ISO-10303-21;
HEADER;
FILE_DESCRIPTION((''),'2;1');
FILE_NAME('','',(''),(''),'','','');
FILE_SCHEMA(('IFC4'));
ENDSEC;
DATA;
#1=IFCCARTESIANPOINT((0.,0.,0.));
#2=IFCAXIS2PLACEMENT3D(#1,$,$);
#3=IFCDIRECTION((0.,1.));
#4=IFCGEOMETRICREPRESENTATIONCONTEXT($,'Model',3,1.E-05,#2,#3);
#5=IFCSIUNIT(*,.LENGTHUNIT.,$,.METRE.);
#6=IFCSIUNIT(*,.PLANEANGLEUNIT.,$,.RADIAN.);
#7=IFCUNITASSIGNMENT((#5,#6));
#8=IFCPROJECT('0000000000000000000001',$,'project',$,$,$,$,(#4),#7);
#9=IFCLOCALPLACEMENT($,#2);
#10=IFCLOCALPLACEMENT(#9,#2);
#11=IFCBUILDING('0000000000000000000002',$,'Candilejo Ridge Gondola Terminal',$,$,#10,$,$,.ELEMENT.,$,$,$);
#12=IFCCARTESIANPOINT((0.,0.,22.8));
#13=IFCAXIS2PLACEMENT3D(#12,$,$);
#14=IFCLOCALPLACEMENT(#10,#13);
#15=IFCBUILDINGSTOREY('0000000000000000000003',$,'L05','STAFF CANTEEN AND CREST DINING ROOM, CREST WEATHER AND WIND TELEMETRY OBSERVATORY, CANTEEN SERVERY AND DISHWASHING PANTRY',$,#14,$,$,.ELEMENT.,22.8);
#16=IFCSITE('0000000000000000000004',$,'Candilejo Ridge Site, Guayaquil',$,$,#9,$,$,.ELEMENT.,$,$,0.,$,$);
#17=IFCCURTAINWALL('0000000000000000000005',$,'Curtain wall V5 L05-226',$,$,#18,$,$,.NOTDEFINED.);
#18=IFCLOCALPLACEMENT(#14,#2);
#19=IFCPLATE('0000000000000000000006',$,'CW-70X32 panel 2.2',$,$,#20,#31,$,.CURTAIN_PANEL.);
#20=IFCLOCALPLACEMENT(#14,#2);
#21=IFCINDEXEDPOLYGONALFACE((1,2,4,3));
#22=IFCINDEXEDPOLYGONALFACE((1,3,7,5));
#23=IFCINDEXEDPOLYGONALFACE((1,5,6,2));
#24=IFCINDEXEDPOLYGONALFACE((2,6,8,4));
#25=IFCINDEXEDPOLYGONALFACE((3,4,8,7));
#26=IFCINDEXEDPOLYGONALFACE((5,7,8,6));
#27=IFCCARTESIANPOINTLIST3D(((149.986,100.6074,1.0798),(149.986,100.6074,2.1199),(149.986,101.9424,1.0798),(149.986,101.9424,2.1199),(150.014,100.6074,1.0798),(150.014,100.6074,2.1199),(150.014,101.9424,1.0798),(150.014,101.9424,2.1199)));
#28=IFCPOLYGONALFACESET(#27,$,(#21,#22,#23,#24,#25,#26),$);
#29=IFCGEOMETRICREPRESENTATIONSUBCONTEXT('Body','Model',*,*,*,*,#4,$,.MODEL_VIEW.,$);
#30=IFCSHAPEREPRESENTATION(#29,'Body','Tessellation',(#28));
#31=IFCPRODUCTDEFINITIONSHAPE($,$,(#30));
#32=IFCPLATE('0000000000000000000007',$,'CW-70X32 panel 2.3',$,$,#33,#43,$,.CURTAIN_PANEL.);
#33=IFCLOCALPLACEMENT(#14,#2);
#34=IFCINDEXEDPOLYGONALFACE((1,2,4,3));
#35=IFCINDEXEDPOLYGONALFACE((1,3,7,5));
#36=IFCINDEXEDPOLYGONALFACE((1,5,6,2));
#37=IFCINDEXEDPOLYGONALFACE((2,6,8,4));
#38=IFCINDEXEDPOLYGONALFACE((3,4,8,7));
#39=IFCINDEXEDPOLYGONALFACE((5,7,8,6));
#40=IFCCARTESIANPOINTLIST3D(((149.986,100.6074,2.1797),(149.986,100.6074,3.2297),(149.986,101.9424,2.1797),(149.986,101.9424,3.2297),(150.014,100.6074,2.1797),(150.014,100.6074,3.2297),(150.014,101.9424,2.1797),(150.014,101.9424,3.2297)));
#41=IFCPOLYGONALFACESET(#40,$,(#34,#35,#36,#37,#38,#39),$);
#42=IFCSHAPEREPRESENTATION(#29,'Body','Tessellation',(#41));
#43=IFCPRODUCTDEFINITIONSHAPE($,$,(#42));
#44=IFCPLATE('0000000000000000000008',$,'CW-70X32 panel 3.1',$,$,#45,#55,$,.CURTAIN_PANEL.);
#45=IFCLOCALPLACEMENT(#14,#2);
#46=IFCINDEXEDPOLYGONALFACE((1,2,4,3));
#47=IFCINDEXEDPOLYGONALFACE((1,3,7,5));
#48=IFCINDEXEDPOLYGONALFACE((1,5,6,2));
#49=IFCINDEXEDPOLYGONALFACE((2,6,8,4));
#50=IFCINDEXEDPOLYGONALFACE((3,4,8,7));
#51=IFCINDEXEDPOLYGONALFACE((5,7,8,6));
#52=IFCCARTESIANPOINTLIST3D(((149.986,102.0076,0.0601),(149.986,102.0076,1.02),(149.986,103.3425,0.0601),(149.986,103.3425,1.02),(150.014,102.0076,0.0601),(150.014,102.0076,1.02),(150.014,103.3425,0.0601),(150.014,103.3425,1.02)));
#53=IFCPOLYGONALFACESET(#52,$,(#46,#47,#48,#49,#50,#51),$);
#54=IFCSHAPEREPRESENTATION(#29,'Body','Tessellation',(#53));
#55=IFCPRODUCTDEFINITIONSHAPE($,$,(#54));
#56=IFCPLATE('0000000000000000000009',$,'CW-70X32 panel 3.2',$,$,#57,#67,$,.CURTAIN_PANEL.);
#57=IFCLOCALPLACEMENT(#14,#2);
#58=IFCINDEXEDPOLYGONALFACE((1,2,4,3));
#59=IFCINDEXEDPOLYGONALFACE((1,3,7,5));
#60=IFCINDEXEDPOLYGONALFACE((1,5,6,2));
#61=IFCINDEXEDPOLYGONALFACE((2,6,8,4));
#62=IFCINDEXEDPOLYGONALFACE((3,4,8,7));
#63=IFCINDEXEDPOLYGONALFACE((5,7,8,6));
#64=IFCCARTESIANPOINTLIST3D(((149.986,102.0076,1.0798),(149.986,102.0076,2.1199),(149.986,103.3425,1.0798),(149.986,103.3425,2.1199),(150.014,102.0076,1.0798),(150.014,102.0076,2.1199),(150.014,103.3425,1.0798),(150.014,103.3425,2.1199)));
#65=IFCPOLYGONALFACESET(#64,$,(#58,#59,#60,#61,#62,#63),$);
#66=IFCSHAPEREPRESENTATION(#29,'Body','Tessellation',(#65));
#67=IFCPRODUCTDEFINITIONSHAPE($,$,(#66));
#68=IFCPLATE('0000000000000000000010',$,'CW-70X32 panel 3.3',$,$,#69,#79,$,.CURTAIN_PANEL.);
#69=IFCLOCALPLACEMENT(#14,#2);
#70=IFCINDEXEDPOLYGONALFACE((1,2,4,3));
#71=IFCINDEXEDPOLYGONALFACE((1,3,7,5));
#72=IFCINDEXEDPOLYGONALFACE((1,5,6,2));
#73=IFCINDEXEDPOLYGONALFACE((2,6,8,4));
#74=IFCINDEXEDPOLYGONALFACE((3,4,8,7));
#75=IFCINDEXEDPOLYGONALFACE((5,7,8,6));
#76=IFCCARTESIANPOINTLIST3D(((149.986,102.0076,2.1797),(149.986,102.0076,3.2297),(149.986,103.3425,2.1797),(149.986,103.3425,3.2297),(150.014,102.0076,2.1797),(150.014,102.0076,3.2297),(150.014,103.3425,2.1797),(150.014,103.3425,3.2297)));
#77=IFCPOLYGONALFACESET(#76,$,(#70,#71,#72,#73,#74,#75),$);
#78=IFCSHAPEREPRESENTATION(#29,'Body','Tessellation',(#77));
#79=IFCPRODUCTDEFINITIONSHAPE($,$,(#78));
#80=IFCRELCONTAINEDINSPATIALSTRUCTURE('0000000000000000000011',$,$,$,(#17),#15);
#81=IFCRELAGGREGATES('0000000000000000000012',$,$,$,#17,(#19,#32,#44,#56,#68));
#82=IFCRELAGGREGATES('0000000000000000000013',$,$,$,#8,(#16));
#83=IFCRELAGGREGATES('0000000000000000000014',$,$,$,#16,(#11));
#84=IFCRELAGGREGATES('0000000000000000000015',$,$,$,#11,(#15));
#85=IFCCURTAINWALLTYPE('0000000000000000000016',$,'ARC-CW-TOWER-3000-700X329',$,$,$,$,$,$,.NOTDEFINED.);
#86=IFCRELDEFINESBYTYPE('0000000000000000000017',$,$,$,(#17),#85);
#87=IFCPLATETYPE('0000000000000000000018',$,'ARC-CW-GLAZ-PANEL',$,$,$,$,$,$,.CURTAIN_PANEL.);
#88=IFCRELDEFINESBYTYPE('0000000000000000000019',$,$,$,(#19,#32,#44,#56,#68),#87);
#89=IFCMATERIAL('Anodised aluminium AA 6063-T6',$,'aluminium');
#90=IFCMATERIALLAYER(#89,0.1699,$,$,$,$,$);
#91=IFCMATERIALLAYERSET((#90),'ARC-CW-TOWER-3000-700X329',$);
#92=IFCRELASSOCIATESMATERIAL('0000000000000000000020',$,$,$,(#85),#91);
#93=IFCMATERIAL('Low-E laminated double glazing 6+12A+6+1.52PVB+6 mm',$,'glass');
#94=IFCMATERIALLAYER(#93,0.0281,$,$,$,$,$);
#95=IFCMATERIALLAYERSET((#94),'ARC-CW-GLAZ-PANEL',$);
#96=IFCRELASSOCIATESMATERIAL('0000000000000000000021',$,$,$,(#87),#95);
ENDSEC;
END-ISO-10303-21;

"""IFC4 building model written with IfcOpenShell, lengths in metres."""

from ifc_helpers import new_model, si_unit, direction, frame, origin, origin_2d, place, context, subcontext, project, spatial, rectangle, extrude, material, layer, layer_set, type_object, element, aggregate, save


model = new_model("IFC4")

# Units and contexts
model_context = context("Model", 3, precision=1e-05, world=origin(), true_north=direction((0.0, 1.0)))
body_context = subcontext(model_context, "Body", "Model", "MODEL_VIEW")
ifc_project = project(units=[si_unit("LENGTHUNIT", "METRE"), si_unit("PLANEANGLEUNIT", "RADIAN")], contexts=[model_context])

# Site, building, storey
site_placement = place(None, origin())
site = spatial("IfcSite", under=ifc_project, at=site_placement, Name="Candilejo Ridge Site, Guayaquil", CompositionType="ELEMENT", RefElevation=0.0)
building_placement = place(site_placement, origin())
building = spatial("IfcBuilding", under=site, at=building_placement, Name="Candilejo Ridge Gondola Terminal", CompositionType="ELEMENT")
storey_placement = place(building_placement, frame((0.0, 0.0, 22.8)))
storey = spatial("IfcBuildingStorey", under=building, at=storey_placement, Name="L05", Description="STAFF CANTEEN AND CREST DINING ROOM, CREST WEATHER AND WIND TELEMETRY OBSERVATORY, CANTEEN SERVERY AND DISHWASHING PANTRY", CompositionType="ELEMENT", Elevation=22.8)

# Curtain wall, plates
ifc_material_1 = material(Name="Anodised aluminium AA 6063-T6", Category="aluminium")
ifc_layer_1 = layer(ifc_material_1, 0.1699)
ifc_layer_set_1 = layer_set([ifc_layer_1], Name="ARC-CW-TOWER-3000-700X329")
curtain_wall_type = type_object("IfcCurtainWallType", Name="ARC-CW-TOWER-3000-700X329", PredefinedType="NOTDEFINED", material=ifc_layer_set_1)
curtain_wall_placement = place(storey_placement, origin())
curtain_wall = element("IfcCurtainWall", 1, at=curtain_wall_placement, inside=storey, type_object=curtain_wall_type, Name="Curtain wall V5 L05-226", PredefinedType="NOTDEFINED")
ifc_material_2 = material(Name="Low-E laminated double glazing 6+12A+6+1.52PVB+6 mm", Category="glass")
ifc_layer_2 = layer(ifc_material_2, 0.0281)
ifc_layer_set_2 = layer_set([ifc_layer_2], Name="ARC-CW-GLAZ-PANEL")
plate_type = type_object("IfcPlateType", Name="ARC-CW-GLAZ-PANEL", PredefinedType="CURTAIN_PANEL", material=ifc_layer_set_2)
plate_1_placement = place(storey_placement, frame((150.0, 101.2749, 1.0798), z_axis=(0.0, 0.0, 1.0), x_axis=(0.0, 1.0, 0.0)))
plate_1 = element("IfcPlate", 2, at=plate_1_placement, type_object=plate_type, Name="CW-70X32 panel 2.2", PredefinedType="CURTAIN_PANEL", context=body_context, shape_type="SweptSolid", body=[
    extrude(rectangle(XDim=1.335, YDim=0.0281, at=origin_2d()), origin(), (0.0, 0.0, 1.0), 1.04),
])
plate_2_placement = place(storey_placement, frame((150.0, 101.2749, 2.1797), z_axis=(0.0, 0.0, 1.0), x_axis=(0.0, 1.0, 0.0)))
plate_2 = element("IfcPlate", 3, at=plate_2_placement, type_object=plate_type, Name="CW-70X32 panel 2.3", PredefinedType="CURTAIN_PANEL", context=body_context, shape_type="SweptSolid", body=[
    extrude(rectangle(XDim=1.335, YDim=0.0281, at=origin_2d()), origin(), (0.0, 0.0, 1.0), 1.05),
])
plate_3_placement = place(storey_placement, frame((150.0, 102.675, 0.0601), z_axis=(0.0, 0.0, 1.0), x_axis=(0.0, 1.0, 0.0)))
plate_3 = element("IfcPlate", 4, at=plate_3_placement, type_object=plate_type, Name="CW-70X32 panel 3.1", PredefinedType="CURTAIN_PANEL", context=body_context, shape_type="SweptSolid", body=[
    extrude(rectangle(XDim=1.335, YDim=0.0281, at=origin_2d()), origin(), (0.0, 0.0, 1.0), 0.96),
])
plate_4_placement = place(storey_placement, frame((150.0, 102.675, 1.0798), z_axis=(0.0, 0.0, 1.0), x_axis=(0.0, 1.0, 0.0)))
plate_4 = element("IfcPlate", 5, at=plate_4_placement, type_object=plate_type, Name="CW-70X32 panel 3.2", PredefinedType="CURTAIN_PANEL", context=body_context, shape_type="SweptSolid", body=[
    extrude(rectangle(XDim=1.335, YDim=0.0281, at=origin_2d()), origin(), (0.0, 0.0, 1.0), 1.04),
])
plate_5_placement = place(storey_placement, frame((150.0, 102.675, 2.1797), z_axis=(0.0, 0.0, 1.0), x_axis=(0.0, 1.0, 0.0)))
plate_5 = element("IfcPlate", 6, at=plate_5_placement, type_object=plate_type, Name="CW-70X32 panel 3.3", PredefinedType="CURTAIN_PANEL", context=body_context, shape_type="SweptSolid", body=[
    extrude(rectangle(XDim=1.335, YDim=0.0281, at=origin_2d()), origin(), (0.0, 0.0, 1.0), 1.05),
])
aggregate(curtain_wall, [plate_1, plate_2, plate_3, plate_4, plate_5])

save(model, "model.ifc")
